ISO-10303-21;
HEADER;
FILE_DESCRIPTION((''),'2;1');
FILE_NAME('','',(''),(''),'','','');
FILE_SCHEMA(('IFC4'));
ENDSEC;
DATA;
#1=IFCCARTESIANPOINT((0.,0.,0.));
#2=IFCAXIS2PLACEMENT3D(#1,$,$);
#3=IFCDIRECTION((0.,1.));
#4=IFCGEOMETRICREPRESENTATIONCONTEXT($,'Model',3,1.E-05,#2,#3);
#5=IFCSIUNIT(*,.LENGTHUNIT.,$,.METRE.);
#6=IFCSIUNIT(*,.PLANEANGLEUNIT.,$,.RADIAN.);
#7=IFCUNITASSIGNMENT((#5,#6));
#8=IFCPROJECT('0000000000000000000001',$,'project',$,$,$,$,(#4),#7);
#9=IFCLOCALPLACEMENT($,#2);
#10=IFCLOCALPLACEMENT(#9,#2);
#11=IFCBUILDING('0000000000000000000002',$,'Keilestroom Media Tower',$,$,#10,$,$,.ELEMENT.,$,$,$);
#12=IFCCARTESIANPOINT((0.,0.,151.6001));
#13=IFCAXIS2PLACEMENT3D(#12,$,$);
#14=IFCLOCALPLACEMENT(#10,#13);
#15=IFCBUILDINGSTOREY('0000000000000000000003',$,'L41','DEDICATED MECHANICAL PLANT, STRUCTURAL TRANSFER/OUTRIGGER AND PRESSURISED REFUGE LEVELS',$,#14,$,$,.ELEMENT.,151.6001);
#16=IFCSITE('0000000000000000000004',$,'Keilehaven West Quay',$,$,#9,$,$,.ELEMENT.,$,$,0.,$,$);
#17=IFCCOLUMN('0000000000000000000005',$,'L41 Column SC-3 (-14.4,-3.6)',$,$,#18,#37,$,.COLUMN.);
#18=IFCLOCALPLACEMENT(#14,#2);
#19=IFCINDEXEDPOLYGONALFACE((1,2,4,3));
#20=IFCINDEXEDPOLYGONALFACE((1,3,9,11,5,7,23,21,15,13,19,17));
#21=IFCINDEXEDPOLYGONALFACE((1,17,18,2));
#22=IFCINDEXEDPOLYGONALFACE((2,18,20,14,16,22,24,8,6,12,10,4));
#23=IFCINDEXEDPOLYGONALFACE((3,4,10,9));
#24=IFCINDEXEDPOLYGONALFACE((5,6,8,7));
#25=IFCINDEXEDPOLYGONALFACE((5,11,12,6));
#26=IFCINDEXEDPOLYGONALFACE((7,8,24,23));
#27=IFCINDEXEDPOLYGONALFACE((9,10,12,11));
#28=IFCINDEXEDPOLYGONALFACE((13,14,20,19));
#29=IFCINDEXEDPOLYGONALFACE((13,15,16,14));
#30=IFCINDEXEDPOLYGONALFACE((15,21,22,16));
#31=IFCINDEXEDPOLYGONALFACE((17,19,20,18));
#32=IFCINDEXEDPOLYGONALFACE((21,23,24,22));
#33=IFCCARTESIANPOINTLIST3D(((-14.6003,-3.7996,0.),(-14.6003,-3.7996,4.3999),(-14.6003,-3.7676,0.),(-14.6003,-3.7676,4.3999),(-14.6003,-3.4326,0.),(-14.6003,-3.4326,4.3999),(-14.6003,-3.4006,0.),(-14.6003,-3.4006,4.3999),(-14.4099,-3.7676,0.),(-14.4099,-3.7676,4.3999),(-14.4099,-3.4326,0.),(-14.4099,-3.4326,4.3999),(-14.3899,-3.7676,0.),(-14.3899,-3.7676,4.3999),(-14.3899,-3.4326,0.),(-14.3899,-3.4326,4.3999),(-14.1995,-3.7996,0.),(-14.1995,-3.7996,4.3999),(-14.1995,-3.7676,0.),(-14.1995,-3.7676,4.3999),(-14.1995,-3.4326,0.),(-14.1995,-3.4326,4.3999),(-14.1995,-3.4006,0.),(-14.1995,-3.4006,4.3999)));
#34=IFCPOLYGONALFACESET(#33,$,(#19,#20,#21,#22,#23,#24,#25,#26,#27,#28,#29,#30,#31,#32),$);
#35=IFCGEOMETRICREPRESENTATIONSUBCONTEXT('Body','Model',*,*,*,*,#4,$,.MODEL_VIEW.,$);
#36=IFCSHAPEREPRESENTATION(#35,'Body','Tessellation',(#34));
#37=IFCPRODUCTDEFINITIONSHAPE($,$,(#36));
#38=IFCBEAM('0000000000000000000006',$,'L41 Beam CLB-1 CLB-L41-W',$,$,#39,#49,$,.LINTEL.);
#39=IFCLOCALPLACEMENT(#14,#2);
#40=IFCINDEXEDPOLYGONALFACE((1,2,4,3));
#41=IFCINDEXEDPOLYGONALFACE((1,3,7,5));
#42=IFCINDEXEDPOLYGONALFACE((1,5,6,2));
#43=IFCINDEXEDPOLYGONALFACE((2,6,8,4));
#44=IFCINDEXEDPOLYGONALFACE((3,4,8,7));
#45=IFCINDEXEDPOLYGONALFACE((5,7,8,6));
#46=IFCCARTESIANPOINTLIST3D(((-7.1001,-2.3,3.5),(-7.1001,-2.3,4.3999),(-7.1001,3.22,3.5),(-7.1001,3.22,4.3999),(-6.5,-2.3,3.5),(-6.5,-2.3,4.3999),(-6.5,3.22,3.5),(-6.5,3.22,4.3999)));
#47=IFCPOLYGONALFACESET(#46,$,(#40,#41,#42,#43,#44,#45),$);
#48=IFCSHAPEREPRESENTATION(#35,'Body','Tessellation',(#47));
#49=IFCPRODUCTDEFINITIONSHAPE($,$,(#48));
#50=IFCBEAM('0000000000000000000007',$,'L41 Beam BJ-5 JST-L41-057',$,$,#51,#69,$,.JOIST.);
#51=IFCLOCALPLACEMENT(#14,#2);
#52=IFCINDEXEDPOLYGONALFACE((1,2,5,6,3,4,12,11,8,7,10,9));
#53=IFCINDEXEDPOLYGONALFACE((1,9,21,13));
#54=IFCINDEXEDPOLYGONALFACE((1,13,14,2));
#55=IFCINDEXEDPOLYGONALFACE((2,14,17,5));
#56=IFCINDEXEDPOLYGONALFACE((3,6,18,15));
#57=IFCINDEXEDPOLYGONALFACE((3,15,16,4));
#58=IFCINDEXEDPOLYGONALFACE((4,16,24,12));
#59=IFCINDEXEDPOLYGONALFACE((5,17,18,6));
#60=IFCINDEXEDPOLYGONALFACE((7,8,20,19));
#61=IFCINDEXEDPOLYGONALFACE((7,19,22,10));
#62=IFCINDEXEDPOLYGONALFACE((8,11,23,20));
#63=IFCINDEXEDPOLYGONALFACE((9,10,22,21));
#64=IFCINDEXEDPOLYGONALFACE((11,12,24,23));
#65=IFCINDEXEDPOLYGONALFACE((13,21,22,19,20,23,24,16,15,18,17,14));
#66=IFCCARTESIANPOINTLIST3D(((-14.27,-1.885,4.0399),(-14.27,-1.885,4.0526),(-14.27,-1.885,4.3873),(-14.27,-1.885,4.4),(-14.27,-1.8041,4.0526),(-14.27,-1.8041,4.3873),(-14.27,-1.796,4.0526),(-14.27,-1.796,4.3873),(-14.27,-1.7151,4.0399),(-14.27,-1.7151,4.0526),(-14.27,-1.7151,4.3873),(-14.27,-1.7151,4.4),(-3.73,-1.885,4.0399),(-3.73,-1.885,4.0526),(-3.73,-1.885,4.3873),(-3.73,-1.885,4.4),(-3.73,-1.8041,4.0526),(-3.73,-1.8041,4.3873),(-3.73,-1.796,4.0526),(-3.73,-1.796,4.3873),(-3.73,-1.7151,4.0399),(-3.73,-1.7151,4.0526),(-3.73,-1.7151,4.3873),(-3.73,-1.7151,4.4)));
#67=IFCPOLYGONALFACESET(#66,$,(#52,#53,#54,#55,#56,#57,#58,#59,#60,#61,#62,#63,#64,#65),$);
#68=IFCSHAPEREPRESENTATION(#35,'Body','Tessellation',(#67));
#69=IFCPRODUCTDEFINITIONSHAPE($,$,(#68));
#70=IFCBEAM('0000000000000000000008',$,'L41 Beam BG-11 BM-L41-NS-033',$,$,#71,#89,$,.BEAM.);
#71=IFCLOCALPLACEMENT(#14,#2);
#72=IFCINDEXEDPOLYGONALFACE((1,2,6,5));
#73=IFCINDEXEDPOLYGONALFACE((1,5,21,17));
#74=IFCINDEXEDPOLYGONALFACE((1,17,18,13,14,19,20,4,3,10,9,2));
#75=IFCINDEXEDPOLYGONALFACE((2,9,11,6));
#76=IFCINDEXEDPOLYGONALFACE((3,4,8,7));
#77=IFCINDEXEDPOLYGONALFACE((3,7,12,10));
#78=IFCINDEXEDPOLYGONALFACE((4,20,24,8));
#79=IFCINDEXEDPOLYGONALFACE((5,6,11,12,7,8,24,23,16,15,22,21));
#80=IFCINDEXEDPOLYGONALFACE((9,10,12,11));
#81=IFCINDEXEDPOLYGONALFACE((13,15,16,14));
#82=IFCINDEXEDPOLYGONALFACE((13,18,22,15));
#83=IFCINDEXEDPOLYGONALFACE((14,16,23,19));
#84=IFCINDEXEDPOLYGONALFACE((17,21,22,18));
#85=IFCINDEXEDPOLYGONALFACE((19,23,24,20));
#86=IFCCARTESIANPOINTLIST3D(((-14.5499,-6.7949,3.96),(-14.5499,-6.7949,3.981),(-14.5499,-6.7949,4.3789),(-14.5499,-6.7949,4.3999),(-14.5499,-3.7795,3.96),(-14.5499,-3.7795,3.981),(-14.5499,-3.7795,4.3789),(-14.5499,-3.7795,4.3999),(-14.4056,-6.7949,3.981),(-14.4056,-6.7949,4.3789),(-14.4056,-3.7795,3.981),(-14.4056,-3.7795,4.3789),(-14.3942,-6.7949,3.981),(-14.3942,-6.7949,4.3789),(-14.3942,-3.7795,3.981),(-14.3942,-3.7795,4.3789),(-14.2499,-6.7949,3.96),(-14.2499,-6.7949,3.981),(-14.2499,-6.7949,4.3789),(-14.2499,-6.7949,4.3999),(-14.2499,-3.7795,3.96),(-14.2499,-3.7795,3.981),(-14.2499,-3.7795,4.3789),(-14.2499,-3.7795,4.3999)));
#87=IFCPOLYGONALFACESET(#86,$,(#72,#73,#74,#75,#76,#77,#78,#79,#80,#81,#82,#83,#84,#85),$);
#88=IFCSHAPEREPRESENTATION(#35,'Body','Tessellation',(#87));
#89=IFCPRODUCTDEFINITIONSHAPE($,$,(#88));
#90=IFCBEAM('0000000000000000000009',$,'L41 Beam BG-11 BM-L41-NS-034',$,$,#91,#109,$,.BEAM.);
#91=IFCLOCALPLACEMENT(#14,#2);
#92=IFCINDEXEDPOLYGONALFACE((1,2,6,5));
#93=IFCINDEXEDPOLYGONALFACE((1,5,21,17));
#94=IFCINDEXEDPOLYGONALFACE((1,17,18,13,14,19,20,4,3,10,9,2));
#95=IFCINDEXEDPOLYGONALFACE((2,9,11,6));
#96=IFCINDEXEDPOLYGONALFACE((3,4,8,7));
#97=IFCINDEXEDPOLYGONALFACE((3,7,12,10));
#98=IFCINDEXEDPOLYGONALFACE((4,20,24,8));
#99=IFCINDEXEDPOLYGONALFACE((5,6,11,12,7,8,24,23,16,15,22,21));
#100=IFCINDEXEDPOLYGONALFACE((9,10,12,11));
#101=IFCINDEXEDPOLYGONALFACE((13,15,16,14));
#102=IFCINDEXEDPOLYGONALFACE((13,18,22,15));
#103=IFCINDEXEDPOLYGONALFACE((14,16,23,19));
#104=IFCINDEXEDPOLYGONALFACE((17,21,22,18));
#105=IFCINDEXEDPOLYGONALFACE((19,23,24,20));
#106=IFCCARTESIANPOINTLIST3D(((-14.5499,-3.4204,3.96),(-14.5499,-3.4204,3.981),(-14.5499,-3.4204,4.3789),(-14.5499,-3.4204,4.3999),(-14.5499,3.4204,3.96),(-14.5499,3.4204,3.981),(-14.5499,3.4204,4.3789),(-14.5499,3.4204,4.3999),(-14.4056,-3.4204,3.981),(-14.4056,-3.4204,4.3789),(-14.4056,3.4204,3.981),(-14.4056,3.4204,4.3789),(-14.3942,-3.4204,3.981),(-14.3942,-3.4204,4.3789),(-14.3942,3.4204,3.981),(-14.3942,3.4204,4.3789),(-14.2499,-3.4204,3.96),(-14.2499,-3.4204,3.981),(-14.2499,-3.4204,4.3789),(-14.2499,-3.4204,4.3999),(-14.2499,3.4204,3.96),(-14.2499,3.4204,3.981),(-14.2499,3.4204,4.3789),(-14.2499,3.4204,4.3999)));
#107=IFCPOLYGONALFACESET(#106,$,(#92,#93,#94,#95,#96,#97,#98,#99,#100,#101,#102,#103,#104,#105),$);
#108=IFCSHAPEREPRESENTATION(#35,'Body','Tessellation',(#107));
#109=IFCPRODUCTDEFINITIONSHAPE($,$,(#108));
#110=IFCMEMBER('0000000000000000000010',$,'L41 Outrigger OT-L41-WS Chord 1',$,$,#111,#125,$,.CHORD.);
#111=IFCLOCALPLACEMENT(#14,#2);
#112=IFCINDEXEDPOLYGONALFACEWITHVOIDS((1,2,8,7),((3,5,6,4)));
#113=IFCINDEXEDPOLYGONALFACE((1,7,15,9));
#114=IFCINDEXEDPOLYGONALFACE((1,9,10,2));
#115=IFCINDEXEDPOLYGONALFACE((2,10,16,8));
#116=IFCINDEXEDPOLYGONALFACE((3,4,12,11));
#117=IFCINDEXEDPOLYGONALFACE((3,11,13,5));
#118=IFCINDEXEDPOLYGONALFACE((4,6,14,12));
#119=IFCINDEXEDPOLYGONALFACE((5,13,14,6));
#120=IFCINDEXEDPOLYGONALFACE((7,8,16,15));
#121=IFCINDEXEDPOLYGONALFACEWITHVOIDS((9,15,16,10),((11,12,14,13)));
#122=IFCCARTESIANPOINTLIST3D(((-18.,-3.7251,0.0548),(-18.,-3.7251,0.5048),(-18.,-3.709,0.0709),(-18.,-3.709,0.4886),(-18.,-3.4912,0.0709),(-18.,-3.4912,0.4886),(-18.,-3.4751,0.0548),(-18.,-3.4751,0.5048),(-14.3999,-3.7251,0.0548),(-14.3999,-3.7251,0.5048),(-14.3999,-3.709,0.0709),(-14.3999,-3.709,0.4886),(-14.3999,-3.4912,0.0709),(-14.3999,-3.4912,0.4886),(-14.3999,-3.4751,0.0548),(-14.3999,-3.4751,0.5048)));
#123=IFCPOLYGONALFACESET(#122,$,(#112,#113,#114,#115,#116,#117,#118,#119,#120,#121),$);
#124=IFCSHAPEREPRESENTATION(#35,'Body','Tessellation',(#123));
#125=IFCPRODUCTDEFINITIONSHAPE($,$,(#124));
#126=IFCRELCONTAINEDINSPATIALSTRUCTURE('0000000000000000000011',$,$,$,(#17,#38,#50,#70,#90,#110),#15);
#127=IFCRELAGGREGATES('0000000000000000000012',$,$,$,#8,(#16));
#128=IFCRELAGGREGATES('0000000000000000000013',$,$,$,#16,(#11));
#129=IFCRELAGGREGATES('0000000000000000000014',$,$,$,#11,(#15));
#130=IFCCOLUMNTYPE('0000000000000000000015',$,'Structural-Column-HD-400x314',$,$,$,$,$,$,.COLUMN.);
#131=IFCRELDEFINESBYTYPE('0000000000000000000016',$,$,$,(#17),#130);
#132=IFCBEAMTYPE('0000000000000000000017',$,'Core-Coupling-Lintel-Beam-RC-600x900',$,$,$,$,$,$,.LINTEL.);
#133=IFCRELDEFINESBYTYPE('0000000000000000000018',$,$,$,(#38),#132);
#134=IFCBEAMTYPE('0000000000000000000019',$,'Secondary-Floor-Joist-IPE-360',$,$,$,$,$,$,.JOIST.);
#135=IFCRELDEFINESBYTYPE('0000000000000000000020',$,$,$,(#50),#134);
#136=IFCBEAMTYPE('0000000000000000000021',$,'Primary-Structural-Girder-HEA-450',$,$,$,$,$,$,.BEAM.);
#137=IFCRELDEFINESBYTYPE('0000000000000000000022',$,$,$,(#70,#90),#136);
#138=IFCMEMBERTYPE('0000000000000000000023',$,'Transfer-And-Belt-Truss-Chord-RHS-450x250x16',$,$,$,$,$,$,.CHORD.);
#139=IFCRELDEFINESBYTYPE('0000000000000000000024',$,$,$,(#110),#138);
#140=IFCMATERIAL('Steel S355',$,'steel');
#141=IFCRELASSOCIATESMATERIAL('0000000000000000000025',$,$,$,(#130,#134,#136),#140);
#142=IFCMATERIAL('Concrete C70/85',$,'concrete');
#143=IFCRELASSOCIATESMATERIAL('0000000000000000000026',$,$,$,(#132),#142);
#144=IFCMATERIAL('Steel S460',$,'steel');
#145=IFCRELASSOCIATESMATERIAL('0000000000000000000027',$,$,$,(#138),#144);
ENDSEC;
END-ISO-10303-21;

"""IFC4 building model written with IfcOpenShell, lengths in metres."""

from ifc_helpers import new_model, si_unit, direction, frame, origin, origin_2d, place, context, subcontext, project, spatial, rectangle, hollow_rectangle, i_section, extrude, source, transform, mapped, material, material_profile, profile_set, type_object, element, save


model = new_model("IFC4")

# Units and contexts
model_context = context("Model", 3, precision=1e-05, world=origin(), true_north=direction((0.0, 1.0)))
body_context = subcontext(model_context, "Body", "Model", "MODEL_VIEW")
ifc_project = project(units=[si_unit("LENGTHUNIT", "METRE"), si_unit("PLANEANGLEUNIT", "RADIAN")], contexts=[model_context])

# Site, building, storey
site_placement = place(None, origin())
site = spatial("IfcSite", under=ifc_project, at=site_placement, Name="Keilehaven West Quay", CompositionType="ELEMENT", RefElevation=0.0)
building_placement = place(site_placement, origin())
building = spatial("IfcBuilding", under=site, at=building_placement, Name="Keilestroom Media Tower", CompositionType="ELEMENT")
storey_placement = place(building_placement, frame((0.0, 0.0, 151.6001)))
storey = spatial("IfcBuildingStorey", under=building, at=storey_placement, Name="L41", Description="DEDICATED MECHANICAL PLANT, STRUCTURAL TRANSFER/OUTRIGGER AND PRESSURISED REFUGE LEVELS", CompositionType="ELEMENT", Elevation=151.6001)

# Column
ifc_material_1 = material(Name="Steel S355", Category="steel")
ifc_material_profile_1 = material_profile(ifc_material_1, i_section(OverallWidth=0.4009, OverallDepth=0.3989, WebThickness=0.02, FlangeThickness=0.032, at=origin_2d()), Name="HD 400x314")
ifc_profile_set_1 = profile_set([ifc_material_profile_1], Name="Steel S355")
column_type = type_object("IfcColumnType", Name="Structural-Column-HD-400x314", PredefinedType="COLUMN", material=ifc_profile_set_1)
shared_shape_1 = source(origin(), body_context, "Body", "SweptSolid", [
    extrude(i_section(OverallWidth=0.4009, OverallDepth=0.3989, WebThickness=0.02, FlangeThickness=0.032, at=origin_2d()), origin(), (0.0, 0.0, 1.0), 4.3999),
])
column_placement = place(storey_placement, frame((-14.3999, -3.6001, 0.0), z_axis=(0.0, 0.0, 1.0), x_axis=(1.0, 0.0, 0.0)))
element("IfcColumn", 1, at=column_placement, inside=storey, type_object=column_type, Name="L41 Column SC-3 (-14.4,-3.6)", PredefinedType="COLUMN", context=body_context, shape_type="MappedRepresentation", body=[
    mapped(shared_shape_1, transform((0.0, 0.0, 0.0), x_axis=(1.0, 0.0, 0.0), y_axis=(0.0, 1.0, 0.0), z_axis=(0.0, 0.0, 1.0), scale=1.0)),
])

# Beams
ifc_material_2 = material(Name="Concrete C70/85", Category="concrete")
ifc_material_profile_2 = material_profile(ifc_material_2, rectangle(XDim=0.6001, YDim=0.8999, at=origin_2d()), Name="RC 600x900")
ifc_profile_set_2 = profile_set([ifc_material_profile_2], Name="Concrete C70/85")
beam_type_1 = type_object("IfcBeamType", Name="Core-Coupling-Lintel-Beam-RC-600x900", PredefinedType="LINTEL", material=ifc_profile_set_2)
shared_shape_2 = source(origin(), body_context, "Body", "SweptSolid", [
    extrude(rectangle(XDim=0.6001, YDim=0.8999, at=origin_2d()), origin(), (0.0, 0.0, 1.0), 5.52),
])
beam_1_placement = place(storey_placement, frame((-6.8, -2.3, 3.95), z_axis=(0.0, 1.0, 0.0), x_axis=(-1.0, 0.0, 0.0)))
element("IfcBeam", 2, at=beam_1_placement, inside=storey, type_object=beam_type_1, Name="L41 Beam CLB-1 CLB-L41-W", PredefinedType="LINTEL", context=body_context, shape_type="MappedRepresentation", body=[
    mapped(shared_shape_2, transform((0.0, 0.0, 0.0), x_axis=(1.0, 0.0, 0.0), y_axis=(0.0, 1.0, 0.0), z_axis=(0.0, 0.0, 1.0), scale=1.0)),
])
ifc_material_profile_3 = material_profile(ifc_material_1, i_section(OverallWidth=0.1699, OverallDepth=0.3601, WebThickness=0.0081, FlangeThickness=0.0127, at=origin_2d()), Name="IPE 360")
ifc_profile_set_3 = profile_set([ifc_material_profile_3], Name="Steel S355")
beam_type_2 = type_object("IfcBeamType", Name="Secondary-Floor-Joist-IPE-360", PredefinedType="JOIST", material=ifc_profile_set_3)
shared_shape_3 = source(origin(), body_context, "Body", "SweptSolid", [
    extrude(i_section(OverallWidth=0.1699, OverallDepth=0.3601, WebThickness=0.0081, FlangeThickness=0.0127, at=origin_2d()), origin(), (0.0, 0.0, 1.0), 10.54),
])
beam_2_placement = place(storey_placement, frame((-14.27, -1.8, 4.22), z_axis=(1.0, 0.0, 0.0), x_axis=(0.0, 1.0, 0.0)))
element("IfcBeam", 3, at=beam_2_placement, inside=storey, type_object=beam_type_2, Name="L41 Beam BJ-5 JST-L41-057", PredefinedType="JOIST", context=body_context, shape_type="MappedRepresentation", body=[
    mapped(shared_shape_3, transform((0.0, 0.0, 0.0), x_axis=(1.0, 0.0, 0.0), y_axis=(0.0, 1.0, 0.0), z_axis=(0.0, 0.0, 1.0), scale=1.0)),
])
ifc_material_profile_4 = material_profile(ifc_material_1, i_section(OverallWidth=0.3, OverallDepth=0.4399, WebThickness=0.0115, FlangeThickness=0.021, at=origin_2d()), Name="HEA 450")
ifc_profile_set_4 = profile_set([ifc_material_profile_4], Name="Steel S355")
beam_type_3 = type_object("IfcBeamType", Name="Primary-Structural-Girder-HEA-450", PredefinedType="BEAM", material=ifc_profile_set_4)
shared_shape_4 = source(origin(), body_context, "Body", "SweptSolid", [
    extrude(i_section(OverallWidth=0.3, OverallDepth=0.4399, WebThickness=0.0115, FlangeThickness=0.021, at=origin_2d()), origin(), (0.0, 0.0, 1.0), 3.0154),
])
beam_3_placement = place(storey_placement, frame((-14.3999, -6.7949, 4.1799), z_axis=(0.0, 1.0, 0.0), x_axis=(-1.0, 0.0, 0.0)))
element("IfcBeam", 4, at=beam_3_placement, inside=storey, type_object=beam_type_3, Name="L41 Beam BG-11 BM-L41-NS-033", PredefinedType="BEAM", context=body_context, shape_type="MappedRepresentation", body=[
    mapped(shared_shape_4, transform((0.0, 0.0, 0.0), x_axis=(1.0, 0.0, 0.0), y_axis=(0.0, 1.0, 0.0), z_axis=(0.0, 0.0, 1.0), scale=1.0)),
])
shared_shape_5 = source(origin(), body_context, "Body", "SweptSolid", [
    extrude(i_section(OverallWidth=0.3, OverallDepth=0.4399, WebThickness=0.0115, FlangeThickness=0.021, at=origin_2d()), origin(), (0.0, 0.0, 1.0), 6.8408),
])
beam_4_placement = place(storey_placement, frame((-14.3999, -3.4204, 4.1799), z_axis=(0.0, 1.0, 0.0), x_axis=(-1.0, 0.0, 0.0)))
element("IfcBeam", 5, at=beam_4_placement, inside=storey, type_object=beam_type_3, Name="L41 Beam BG-11 BM-L41-NS-034", PredefinedType="BEAM", context=body_context, shape_type="MappedRepresentation", body=[
    mapped(shared_shape_5, transform((0.0, 0.0, 0.0), x_axis=(1.0, 0.0, 0.0), y_axis=(0.0, 1.0, 0.0), z_axis=(0.0, 0.0, 1.0), scale=1.0)),
])

# Member
ifc_material_3 = material(Name="Steel S460", Category="steel")
ifc_material_profile_5 = material_profile(ifc_material_3, hollow_rectangle(XDim=0.25, YDim=0.45, WallThickness=0.0161, at=origin_2d()), Name="RHS 450x250x16")
ifc_profile_set_5 = profile_set([ifc_material_profile_5], Name="Steel S460")
member_type_1 = type_object("IfcMemberType", Name="Transfer-And-Belt-Truss-Chord-RHS-450x250x16", PredefinedType="CHORD", material=ifc_profile_set_5)
shared_shape_6 = source(origin(), body_context, "Body", "SweptSolid", [
    extrude(hollow_rectangle(XDim=0.25, YDim=0.45, WallThickness=0.0161, at=origin_2d()), origin(), (0.0, 0.0, 1.0), 3.6001),
])
member_1_placement = place(storey_placement, frame((-14.3999, -3.6001, 0.2798), z_axis=(-1.0, 0.0, 0.0), x_axis=(0.0, -1.0, 0.0)))
element("IfcMember", 6, at=member_1_placement, inside=storey, type_object=member_type_1, Name="L41 Outrigger OT-L41-WS Chord 1", PredefinedType="CHORD", context=body_context, shape_type="MappedRepresentation", body=[
    mapped(shared_shape_6, transform((0.0, 0.0, 0.0), x_axis=(1.0, 0.0, 0.0), y_axis=(0.0, 1.0, 0.0), z_axis=(0.0, 0.0, 1.0), scale=1.0)),
])

save(model, "model.ifc")
